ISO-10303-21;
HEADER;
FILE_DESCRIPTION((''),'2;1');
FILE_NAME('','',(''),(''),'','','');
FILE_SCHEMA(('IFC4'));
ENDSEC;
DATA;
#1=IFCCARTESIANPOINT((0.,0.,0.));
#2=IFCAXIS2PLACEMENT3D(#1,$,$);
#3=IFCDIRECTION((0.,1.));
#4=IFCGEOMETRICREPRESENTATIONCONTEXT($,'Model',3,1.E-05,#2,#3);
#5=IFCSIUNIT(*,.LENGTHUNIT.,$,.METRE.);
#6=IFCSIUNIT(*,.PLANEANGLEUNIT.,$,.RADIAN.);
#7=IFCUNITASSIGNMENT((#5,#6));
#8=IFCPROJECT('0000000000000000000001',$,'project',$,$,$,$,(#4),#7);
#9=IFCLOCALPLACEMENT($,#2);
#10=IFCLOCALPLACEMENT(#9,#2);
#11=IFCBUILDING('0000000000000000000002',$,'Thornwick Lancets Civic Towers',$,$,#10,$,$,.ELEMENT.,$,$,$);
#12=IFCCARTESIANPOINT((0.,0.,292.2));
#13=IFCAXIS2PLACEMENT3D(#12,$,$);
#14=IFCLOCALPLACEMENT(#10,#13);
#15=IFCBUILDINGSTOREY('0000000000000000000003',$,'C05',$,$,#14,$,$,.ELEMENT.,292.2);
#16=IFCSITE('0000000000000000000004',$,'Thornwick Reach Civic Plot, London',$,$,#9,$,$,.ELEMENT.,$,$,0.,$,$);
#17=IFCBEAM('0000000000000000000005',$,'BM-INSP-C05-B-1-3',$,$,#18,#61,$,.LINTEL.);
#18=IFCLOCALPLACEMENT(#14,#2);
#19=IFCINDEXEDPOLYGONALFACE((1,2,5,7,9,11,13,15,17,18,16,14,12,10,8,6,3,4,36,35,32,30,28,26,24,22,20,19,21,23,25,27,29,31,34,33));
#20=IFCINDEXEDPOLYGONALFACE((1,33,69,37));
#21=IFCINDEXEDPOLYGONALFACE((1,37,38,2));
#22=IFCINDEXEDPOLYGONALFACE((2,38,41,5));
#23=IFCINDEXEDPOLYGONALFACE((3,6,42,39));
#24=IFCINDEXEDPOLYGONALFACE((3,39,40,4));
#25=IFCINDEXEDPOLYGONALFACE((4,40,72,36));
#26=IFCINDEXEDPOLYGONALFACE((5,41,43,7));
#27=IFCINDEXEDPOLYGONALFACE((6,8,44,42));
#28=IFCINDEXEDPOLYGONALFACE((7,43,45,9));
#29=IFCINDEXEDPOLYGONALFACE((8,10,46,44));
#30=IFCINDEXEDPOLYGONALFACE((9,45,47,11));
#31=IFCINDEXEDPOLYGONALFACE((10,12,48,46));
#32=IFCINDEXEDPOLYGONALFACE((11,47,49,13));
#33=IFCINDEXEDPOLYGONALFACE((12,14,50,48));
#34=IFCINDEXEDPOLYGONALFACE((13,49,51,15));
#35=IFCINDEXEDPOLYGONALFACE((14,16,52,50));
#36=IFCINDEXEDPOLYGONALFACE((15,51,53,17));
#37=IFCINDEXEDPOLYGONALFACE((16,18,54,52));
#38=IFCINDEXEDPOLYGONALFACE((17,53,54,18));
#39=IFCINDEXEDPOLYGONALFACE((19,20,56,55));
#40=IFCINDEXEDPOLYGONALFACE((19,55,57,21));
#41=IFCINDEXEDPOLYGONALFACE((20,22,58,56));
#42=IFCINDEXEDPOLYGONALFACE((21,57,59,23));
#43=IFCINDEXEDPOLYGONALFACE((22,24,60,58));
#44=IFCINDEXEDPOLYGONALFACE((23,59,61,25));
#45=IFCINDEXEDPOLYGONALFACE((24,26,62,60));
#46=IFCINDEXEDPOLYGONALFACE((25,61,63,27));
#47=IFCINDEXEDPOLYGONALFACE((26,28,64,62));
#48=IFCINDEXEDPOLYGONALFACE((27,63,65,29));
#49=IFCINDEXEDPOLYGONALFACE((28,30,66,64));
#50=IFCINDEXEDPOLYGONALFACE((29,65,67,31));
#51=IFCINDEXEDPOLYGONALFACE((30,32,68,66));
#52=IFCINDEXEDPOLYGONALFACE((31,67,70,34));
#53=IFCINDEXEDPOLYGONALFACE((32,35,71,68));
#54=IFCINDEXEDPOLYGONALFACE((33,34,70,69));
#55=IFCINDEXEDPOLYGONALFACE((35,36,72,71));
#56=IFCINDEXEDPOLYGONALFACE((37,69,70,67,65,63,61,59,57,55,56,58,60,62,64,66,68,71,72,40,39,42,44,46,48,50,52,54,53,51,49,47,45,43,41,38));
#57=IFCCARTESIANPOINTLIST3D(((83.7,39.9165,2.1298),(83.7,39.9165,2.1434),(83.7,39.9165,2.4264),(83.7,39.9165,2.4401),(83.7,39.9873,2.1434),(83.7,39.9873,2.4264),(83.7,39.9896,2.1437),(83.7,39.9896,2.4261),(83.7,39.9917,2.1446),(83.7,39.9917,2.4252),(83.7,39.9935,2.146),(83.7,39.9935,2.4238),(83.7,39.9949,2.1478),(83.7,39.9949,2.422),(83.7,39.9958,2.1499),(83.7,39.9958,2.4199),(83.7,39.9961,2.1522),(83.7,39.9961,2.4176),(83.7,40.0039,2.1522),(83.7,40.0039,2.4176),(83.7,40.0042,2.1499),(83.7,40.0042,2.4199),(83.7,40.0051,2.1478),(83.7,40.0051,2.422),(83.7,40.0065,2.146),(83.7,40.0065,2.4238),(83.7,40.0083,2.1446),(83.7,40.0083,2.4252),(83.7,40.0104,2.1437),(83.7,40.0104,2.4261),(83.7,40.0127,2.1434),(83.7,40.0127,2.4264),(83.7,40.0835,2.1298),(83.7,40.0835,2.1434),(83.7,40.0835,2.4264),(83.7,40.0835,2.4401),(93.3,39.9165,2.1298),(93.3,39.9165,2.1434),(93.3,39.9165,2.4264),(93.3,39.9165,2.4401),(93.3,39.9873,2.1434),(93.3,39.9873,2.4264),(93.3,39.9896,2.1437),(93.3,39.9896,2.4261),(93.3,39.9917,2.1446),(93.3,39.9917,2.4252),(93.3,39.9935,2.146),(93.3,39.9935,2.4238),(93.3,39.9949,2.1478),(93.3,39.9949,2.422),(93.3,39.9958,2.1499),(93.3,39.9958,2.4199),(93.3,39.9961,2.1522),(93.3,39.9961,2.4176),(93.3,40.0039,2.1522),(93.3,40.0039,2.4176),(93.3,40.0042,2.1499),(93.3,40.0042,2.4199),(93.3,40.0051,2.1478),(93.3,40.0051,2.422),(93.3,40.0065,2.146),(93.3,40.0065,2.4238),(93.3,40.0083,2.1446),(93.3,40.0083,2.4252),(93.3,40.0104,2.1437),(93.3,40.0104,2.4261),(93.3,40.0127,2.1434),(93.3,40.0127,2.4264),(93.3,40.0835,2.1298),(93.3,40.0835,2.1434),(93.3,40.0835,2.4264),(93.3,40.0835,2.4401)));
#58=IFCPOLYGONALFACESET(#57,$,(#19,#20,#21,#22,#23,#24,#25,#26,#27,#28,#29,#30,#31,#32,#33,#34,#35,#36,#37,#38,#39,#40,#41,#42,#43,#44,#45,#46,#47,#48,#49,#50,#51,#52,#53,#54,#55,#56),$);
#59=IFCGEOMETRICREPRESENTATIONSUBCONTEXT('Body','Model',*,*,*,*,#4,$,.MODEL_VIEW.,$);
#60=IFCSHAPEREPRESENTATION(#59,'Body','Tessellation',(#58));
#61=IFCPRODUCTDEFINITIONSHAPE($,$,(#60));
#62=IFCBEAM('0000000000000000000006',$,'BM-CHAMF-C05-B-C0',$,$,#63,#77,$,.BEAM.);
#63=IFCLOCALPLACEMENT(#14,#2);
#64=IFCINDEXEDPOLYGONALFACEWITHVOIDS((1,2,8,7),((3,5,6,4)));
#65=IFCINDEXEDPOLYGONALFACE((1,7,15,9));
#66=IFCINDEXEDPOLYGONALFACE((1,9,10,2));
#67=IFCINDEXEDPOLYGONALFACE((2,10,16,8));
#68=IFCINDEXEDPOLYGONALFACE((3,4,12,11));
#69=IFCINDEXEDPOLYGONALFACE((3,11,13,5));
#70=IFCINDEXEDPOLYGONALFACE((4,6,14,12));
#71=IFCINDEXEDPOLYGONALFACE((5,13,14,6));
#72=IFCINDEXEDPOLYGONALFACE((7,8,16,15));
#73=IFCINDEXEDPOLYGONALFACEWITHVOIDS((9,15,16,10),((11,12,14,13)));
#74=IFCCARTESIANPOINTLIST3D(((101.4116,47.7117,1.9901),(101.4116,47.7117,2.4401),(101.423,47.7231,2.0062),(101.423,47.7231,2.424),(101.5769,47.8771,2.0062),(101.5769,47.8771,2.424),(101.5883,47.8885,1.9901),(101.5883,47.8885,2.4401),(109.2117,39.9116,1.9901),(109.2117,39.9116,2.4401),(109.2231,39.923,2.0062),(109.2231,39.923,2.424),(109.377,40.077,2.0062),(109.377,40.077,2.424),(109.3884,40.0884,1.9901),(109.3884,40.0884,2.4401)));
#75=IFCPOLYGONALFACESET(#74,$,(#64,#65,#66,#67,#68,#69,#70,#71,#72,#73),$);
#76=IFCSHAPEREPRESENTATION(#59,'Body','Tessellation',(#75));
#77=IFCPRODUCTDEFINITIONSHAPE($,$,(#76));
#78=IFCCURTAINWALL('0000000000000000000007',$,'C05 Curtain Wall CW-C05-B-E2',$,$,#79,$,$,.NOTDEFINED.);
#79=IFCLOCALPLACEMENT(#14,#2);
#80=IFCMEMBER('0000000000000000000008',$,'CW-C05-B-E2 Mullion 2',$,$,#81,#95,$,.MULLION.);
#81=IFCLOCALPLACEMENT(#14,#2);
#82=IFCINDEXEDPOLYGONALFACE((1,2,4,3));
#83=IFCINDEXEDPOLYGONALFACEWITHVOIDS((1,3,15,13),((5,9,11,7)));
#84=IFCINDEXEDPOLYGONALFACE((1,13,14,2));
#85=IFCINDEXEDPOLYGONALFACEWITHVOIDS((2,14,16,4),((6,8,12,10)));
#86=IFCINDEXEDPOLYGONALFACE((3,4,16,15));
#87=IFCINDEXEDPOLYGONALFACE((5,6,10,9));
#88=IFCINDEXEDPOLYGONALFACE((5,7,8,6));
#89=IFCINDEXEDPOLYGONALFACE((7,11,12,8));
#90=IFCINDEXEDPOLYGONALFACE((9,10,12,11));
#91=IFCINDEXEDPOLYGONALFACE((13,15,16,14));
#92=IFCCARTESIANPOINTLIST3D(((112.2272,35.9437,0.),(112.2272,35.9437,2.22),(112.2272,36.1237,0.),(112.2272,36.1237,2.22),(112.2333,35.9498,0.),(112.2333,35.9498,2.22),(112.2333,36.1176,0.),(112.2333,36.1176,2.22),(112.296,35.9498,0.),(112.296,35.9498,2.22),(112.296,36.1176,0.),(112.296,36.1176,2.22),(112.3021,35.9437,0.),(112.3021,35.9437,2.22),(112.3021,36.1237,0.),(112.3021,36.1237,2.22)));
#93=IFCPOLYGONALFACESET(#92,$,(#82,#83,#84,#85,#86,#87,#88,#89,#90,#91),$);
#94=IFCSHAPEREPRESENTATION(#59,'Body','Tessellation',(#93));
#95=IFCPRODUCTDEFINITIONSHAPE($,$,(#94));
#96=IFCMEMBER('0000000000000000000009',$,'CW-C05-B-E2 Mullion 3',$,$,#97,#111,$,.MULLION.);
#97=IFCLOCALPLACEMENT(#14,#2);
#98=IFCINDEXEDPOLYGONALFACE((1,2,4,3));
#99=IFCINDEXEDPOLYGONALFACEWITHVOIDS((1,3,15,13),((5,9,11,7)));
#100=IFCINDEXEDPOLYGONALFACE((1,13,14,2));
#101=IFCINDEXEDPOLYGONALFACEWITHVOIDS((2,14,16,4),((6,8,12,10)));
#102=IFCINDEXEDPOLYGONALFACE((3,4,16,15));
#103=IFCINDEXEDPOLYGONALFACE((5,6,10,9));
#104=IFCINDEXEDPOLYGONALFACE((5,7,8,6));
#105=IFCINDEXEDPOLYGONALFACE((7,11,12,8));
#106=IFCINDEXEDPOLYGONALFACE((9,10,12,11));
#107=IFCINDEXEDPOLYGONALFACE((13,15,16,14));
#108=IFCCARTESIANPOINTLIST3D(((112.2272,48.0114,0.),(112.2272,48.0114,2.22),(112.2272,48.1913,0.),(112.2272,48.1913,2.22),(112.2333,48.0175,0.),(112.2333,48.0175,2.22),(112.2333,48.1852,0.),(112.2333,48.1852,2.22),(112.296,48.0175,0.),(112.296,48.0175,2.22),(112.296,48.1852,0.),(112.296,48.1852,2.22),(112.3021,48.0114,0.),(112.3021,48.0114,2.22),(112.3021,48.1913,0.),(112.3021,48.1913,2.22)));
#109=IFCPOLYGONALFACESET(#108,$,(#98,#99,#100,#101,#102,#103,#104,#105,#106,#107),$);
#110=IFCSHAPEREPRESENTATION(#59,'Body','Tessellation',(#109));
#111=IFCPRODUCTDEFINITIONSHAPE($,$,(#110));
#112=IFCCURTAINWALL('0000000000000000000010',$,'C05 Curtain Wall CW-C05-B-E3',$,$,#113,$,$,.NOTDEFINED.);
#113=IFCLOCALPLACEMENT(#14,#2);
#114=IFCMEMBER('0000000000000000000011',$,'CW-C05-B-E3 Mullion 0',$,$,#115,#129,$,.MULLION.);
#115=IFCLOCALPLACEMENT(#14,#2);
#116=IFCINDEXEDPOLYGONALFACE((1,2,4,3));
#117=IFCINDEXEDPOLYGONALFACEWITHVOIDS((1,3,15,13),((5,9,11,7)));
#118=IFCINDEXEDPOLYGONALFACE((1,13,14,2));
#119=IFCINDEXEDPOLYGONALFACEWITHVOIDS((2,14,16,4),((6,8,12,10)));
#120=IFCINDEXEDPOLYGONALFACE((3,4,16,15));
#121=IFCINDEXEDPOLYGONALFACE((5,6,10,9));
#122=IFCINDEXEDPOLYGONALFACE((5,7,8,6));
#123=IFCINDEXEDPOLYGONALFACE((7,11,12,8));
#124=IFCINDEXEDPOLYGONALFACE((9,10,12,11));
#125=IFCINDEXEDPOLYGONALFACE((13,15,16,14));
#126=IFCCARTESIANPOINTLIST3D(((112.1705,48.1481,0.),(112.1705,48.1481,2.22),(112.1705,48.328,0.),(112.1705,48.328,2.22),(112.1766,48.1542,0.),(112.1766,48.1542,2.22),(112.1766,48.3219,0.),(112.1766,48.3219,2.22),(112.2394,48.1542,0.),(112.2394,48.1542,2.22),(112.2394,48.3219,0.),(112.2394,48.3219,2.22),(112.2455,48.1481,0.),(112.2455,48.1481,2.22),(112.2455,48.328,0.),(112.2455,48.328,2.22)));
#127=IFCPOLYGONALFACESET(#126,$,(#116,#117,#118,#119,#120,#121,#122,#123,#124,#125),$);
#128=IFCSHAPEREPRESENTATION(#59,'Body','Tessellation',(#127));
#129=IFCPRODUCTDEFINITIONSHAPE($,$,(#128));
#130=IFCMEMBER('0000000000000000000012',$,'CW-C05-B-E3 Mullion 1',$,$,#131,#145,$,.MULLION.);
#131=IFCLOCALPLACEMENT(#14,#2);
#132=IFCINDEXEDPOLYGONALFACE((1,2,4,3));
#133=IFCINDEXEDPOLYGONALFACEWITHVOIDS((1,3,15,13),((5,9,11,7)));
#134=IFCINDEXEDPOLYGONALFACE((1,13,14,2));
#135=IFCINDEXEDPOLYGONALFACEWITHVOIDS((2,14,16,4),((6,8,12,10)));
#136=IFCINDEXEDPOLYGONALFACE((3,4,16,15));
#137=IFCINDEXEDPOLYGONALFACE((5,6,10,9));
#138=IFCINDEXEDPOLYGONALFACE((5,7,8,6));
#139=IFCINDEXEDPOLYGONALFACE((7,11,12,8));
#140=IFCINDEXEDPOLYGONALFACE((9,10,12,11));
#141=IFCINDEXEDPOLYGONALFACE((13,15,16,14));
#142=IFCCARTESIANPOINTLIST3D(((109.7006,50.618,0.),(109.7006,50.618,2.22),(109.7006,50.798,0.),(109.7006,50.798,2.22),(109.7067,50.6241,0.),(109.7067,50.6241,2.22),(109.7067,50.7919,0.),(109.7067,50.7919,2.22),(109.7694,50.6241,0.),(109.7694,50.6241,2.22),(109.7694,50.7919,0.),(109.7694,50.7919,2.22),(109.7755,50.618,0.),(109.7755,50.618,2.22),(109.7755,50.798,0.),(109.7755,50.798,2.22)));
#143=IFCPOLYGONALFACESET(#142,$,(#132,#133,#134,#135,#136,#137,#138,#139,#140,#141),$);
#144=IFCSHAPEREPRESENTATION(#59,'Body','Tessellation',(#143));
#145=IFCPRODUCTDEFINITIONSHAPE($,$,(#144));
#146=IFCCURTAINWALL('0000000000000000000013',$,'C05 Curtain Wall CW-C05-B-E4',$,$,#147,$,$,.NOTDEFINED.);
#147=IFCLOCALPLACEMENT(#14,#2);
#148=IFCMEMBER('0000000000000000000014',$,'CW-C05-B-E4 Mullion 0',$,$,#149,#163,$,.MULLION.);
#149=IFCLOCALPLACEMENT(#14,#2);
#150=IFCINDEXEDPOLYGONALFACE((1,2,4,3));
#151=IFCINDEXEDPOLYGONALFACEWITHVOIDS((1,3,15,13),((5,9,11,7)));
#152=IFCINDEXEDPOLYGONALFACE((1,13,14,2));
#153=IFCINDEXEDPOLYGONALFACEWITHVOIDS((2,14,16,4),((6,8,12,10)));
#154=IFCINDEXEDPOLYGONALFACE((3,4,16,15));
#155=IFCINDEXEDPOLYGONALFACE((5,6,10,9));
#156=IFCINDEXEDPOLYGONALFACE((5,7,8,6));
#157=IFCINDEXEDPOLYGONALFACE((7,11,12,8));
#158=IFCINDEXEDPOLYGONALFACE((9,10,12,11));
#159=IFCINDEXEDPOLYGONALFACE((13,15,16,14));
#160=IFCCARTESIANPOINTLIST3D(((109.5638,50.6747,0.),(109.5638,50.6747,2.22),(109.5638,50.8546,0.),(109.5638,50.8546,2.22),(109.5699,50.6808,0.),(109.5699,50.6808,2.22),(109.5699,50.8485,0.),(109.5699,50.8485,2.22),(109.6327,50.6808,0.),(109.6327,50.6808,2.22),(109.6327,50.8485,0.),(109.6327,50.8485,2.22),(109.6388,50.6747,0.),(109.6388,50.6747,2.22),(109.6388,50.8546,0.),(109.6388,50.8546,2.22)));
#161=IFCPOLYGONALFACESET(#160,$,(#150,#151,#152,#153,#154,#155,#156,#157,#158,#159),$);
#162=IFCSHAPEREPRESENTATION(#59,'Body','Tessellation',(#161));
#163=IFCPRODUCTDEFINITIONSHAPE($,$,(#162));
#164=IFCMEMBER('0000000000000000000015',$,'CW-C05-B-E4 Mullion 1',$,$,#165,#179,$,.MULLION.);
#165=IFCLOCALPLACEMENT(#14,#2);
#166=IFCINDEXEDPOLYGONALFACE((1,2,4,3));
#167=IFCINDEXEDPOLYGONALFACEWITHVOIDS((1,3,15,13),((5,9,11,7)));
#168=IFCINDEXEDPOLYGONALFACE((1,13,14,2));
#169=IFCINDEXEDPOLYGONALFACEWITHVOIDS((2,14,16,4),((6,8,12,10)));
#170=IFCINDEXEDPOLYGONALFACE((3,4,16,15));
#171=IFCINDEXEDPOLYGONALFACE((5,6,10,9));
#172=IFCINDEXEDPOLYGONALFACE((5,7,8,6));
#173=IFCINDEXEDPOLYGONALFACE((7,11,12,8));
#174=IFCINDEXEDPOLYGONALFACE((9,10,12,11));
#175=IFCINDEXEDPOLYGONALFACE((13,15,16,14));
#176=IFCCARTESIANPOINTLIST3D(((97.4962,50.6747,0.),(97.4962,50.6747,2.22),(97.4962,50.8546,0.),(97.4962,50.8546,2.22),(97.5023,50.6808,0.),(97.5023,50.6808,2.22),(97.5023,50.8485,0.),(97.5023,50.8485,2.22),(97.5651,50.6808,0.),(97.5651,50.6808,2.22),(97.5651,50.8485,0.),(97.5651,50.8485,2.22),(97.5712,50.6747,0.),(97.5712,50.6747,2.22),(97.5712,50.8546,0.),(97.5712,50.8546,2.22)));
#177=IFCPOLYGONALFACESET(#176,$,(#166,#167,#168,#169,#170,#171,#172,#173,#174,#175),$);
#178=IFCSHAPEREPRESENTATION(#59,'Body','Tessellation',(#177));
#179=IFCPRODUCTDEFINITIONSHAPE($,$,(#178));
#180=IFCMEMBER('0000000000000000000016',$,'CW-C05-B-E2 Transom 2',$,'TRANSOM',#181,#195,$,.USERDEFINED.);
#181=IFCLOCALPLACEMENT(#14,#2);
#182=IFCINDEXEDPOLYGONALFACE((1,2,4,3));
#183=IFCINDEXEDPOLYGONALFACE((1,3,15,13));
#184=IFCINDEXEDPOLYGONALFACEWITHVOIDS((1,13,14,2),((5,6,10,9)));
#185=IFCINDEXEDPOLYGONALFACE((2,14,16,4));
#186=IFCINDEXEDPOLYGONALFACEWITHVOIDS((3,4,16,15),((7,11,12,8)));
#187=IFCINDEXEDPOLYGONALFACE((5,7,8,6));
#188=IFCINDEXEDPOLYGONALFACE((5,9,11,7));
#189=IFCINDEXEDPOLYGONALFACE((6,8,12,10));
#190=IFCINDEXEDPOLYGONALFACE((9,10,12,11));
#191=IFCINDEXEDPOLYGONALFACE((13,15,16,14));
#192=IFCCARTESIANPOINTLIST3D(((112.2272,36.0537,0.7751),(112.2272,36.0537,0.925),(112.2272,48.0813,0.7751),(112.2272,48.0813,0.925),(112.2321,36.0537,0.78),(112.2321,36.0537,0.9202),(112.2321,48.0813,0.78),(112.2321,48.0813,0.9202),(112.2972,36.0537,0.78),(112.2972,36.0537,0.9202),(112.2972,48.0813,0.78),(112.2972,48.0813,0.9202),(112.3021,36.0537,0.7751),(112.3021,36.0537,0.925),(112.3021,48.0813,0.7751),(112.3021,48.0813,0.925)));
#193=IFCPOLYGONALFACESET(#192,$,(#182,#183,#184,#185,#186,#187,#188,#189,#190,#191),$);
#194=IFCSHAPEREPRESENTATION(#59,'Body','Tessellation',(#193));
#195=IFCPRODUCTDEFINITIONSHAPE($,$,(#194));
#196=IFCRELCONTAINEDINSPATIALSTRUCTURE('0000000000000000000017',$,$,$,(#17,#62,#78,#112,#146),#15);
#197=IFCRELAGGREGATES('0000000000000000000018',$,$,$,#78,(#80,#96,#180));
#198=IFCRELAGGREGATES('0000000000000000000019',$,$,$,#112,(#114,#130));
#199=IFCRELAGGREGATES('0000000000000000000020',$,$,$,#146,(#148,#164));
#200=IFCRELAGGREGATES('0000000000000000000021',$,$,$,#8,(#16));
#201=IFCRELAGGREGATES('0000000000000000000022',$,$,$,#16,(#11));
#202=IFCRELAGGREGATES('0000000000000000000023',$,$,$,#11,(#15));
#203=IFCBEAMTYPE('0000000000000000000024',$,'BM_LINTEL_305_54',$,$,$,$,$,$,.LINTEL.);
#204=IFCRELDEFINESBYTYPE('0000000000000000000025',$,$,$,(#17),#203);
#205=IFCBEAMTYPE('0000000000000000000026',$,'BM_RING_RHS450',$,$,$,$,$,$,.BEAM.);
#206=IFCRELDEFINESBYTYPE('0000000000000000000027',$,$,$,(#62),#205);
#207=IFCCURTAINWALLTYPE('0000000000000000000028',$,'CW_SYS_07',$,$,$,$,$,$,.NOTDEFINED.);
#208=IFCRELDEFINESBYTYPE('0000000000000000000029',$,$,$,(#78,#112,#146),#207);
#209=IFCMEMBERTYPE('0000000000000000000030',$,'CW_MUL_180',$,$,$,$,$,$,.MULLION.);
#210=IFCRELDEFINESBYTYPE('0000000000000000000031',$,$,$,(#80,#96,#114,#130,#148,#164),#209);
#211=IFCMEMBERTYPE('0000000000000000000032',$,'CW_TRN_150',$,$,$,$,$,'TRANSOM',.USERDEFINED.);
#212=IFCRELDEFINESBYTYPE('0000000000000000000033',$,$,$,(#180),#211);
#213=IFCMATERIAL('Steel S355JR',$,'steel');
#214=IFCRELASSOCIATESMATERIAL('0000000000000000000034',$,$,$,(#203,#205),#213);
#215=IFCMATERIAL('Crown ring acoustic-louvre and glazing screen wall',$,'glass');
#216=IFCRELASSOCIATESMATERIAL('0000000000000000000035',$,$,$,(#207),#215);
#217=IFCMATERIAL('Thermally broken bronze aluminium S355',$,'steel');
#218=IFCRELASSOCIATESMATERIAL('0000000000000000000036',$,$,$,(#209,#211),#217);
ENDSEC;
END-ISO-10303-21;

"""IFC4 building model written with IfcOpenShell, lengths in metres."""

from ifc_helpers import new_model, si_unit, direction, frame, origin, origin_2d, place, context, subcontext, project, spatial, hollow_rectangle, i_section, extrude, material, material_profile, profile_set, type_object, element, aggregate, save


model = new_model("IFC4")

# Units and contexts
model_context = context("Model", 3, precision=1e-05, world=origin(), true_north=direction((0.0, 1.0)))
body_context = subcontext(model_context, "Body", "Model", "MODEL_VIEW")
ifc_project = project(units=[si_unit("LENGTHUNIT", "METRE"), si_unit("PLANEANGLEUNIT", "RADIAN")], contexts=[model_context])

# Site, building, storey
site_placement = place(None, origin())
site = spatial("IfcSite", under=ifc_project, at=site_placement, Name="Thornwick Reach Civic Plot, London", CompositionType="ELEMENT", RefElevation=0.0)
building_placement = place(site_placement, origin())
building = spatial("IfcBuilding", under=site, at=building_placement, Name="Thornwick Lancets Civic Towers", CompositionType="ELEMENT")
storey_placement = place(building_placement, frame((0.0, 0.0, 292.2)))
storey = spatial("IfcBuildingStorey", under=building, at=storey_placement, Name="C05", CompositionType="ELEMENT", Elevation=292.2)

# Shared definitions
ifc_material_1 = material(Name="Steel S355JR", Category="steel")

# Beams
ifc_material_profile_1 = material_profile(ifc_material_1, i_section(OverallWidth=0.167, OverallDepth=0.3103, WebThickness=0.0078, FlangeThickness=0.0137, FilletRadius=0.0088, at=origin_2d()), Name="UKB 305x165x54")
ifc_profile_set_1 = profile_set([ifc_material_profile_1], Name="Steel S355JR")
beam_type_1 = type_object("IfcBeamType", Name="BM_LINTEL_305_54", PredefinedType="LINTEL", material=ifc_profile_set_1)
beam_1_placement = place(storey_placement, frame((93.3, 40.0, 2.2849), z_axis=(-1.0, 0.0, 0.0), x_axis=(0.0, -1.0, 0.0)))
element("IfcBeam", 1, at=beam_1_placement, inside=storey, type_object=beam_type_1, Name="BM-INSP-C05-B-1-3", PredefinedType="LINTEL", context=body_context, shape_type="SweptSolid", body=[
    extrude(i_section(OverallWidth=0.167, OverallDepth=0.3103, WebThickness=0.0078, FlangeThickness=0.0137, FilletRadius=0.0088, at=origin_2d()), origin(), (0.0, 0.0, 1.0), 9.6001),
])
ifc_material_profile_2 = material_profile(ifc_material_1, hollow_rectangle(XDim=0.25, YDim=0.45, WallThickness=0.0161, at=origin_2d()), Name="RHS 450x250x16")
ifc_profile_set_2 = profile_set([ifc_material_profile_2], Name="Steel S355JR")
beam_type_2 = type_object("IfcBeamType", Name="BM_RING_RHS450", PredefinedType="BEAM", material=ifc_profile_set_2)
beam_2_placement = place(storey_placement, frame((109.3, 40.0, 2.2151), z_axis=(-0.707107, 0.707107, 0.0), x_axis=(-0.707107, -0.707107, 0.0)))
element("IfcBeam", 2, at=beam_2_placement, inside=storey, type_object=beam_type_2, Name="BM-CHAMF-C05-B-C0", PredefinedType="BEAM", context=body_context, shape_type="SweptSolid", body=[
    extrude(hollow_rectangle(XDim=0.25, YDim=0.45, WallThickness=0.0161, at=origin_2d()), origin(), (0.0, 0.0, 1.0), 11.031),
])

# Curtain walls, members
ifc_material_2 = material(Name="Crown ring acoustic-louvre and glazing screen wall", Category="glass")
curtain_wall_type = type_object("IfcCurtainWallType", Name="CW_SYS_07", PredefinedType="NOTDEFINED", material=ifc_material_2)
curtain_wall_1_placement = place(storey_placement, origin())
curtain_wall_1 = element("IfcCurtainWall", 3, at=curtain_wall_1_placement, inside=storey, type_object=curtain_wall_type, Name="C05 Curtain Wall CW-C05-B-E2", PredefinedType="NOTDEFINED")
ifc_material_3 = material(Name="Thermally broken bronze aluminium S355", Category="steel")
ifc_material_profile_3 = material_profile(ifc_material_3, hollow_rectangle(XDim=0.075, YDim=0.1799, WallThickness=0.0061, at=origin_2d()), Name="RHS 180x75x6")
ifc_profile_set_3 = profile_set([ifc_material_profile_3], Name="Thermally broken bronze aluminium S355")
member_type_1 = type_object("IfcMemberType", Name="CW_MUL_180", PredefinedType="MULLION", material=ifc_profile_set_3)
member_1_placement = place(storey_placement, frame((112.2646, 36.0337, 0.0), z_axis=(0.0, 0.0, 1.0), x_axis=(1.0, 0.0, 0.0)))
member_1 = element("IfcMember", 4, at=member_1_placement, type_object=member_type_1, Name="CW-C05-B-E2 Mullion 2", PredefinedType="MULLION", context=body_context, shape_type="SweptSolid", body=[
    extrude(hollow_rectangle(XDim=0.075, YDim=0.1799, WallThickness=0.0061, at=origin_2d()), origin(), (0.0, 0.0, 1.0), 2.22),
])
member_2_placement = place(storey_placement, frame((112.2646, 48.1013, 0.0), z_axis=(0.0, 0.0, 1.0), x_axis=(1.0, 0.0, 0.0)))
member_2 = element("IfcMember", 5, at=member_2_placement, type_object=member_type_1, Name="CW-C05-B-E2 Mullion 3", PredefinedType="MULLION", context=body_context, shape_type="SweptSolid", body=[
    extrude(hollow_rectangle(XDim=0.075, YDim=0.1799, WallThickness=0.0061, at=origin_2d()), origin(), (0.0, 0.0, 1.0), 2.22),
])
curtain_wall_2_placement = place(storey_placement, origin())
curtain_wall_2 = element("IfcCurtainWall", 6, at=curtain_wall_2_placement, inside=storey, type_object=curtain_wall_type, Name="C05 Curtain Wall CW-C05-B-E3", PredefinedType="NOTDEFINED")
member_3_placement = place(storey_placement, frame((112.208, 48.238, 0.0), z_axis=(0.0, 0.0, 1.0), x_axis=(1.0, 0.0, 0.0)))
member_3 = element("IfcMember", 7, at=member_3_placement, type_object=member_type_1, Name="CW-C05-B-E3 Mullion 0", PredefinedType="MULLION", context=body_context, shape_type="SweptSolid", body=[
    extrude(hollow_rectangle(XDim=0.075, YDim=0.1799, WallThickness=0.0061, at=origin_2d()), origin(), (0.0, 0.0, 1.0), 2.22),
])
member_4_placement = place(storey_placement, frame((109.738, 50.708, 0.0), z_axis=(0.0, 0.0, 1.0), x_axis=(1.0, 0.0, 0.0)))
member_4 = element("IfcMember", 8, at=member_4_placement, type_object=member_type_1, Name="CW-C05-B-E3 Mullion 1", PredefinedType="MULLION", context=body_context, shape_type="SweptSolid", body=[
    extrude(hollow_rectangle(XDim=0.075, YDim=0.1799, WallThickness=0.0061, at=origin_2d()), origin(), (0.0, 0.0, 1.0), 2.22),
])
curtain_wall_3_placement = place(storey_placement, origin())
curtain_wall_3 = element("IfcCurtainWall", 9, at=curtain_wall_3_placement, inside=storey, type_object=curtain_wall_type, Name="C05 Curtain Wall CW-C05-B-E4", PredefinedType="NOTDEFINED")
member_5_placement = place(storey_placement, frame((109.6013, 50.7646, 0.0), z_axis=(0.0, 0.0, 1.0), x_axis=(1.0, 0.0, 0.0)))
member_5 = element("IfcMember", 10, at=member_5_placement, type_object=member_type_1, Name="CW-C05-B-E4 Mullion 0", PredefinedType="MULLION", context=body_context, shape_type="SweptSolid", body=[
    extrude(hollow_rectangle(XDim=0.075, YDim=0.1799, WallThickness=0.0061, at=origin_2d()), origin(), (0.0, 0.0, 1.0), 2.22),
])
member_6_placement = place(storey_placement, frame((97.5337, 50.7646, 0.0), z_axis=(0.0, 0.0, 1.0), x_axis=(1.0, 0.0, 0.0)))
member_6 = element("IfcMember", 11, at=member_6_placement, type_object=member_type_1, Name="CW-C05-B-E4 Mullion 1", PredefinedType="MULLION", context=body_context, shape_type="SweptSolid", body=[
    extrude(hollow_rectangle(XDim=0.075, YDim=0.1799, WallThickness=0.0061, at=origin_2d()), origin(), (0.0, 0.0, 1.0), 2.22),
])

# Member
ifc_material_profile_4 = material_profile(ifc_material_3, hollow_rectangle(XDim=0.075, YDim=0.1499, WallThickness=0.0049, at=origin_2d()), Name="RHS 150x75x5")
ifc_profile_set_4 = profile_set([ifc_material_profile_4], Name="Thermally broken bronze aluminium S355")
member_type_2 = type_object("IfcMemberType", Name="CW_TRN_150", ElementType="TRANSOM", PredefinedType="USERDEFINED", material=ifc_profile_set_4)
member_7_placement = place(storey_placement, frame((112.2646, 36.0537, 0.8501), z_axis=(0.0, 1.0, 0.0), x_axis=(-1.0, 0.0, 0.0)))
member_7 = element("IfcMember", 12, at=member_7_placement, type_object=member_type_2, Name="CW-C05-B-E2 Transom 2", ObjectType="TRANSOM", PredefinedType="USERDEFINED", context=body_context, shape_type="SweptSolid", body=[
    extrude(hollow_rectangle(XDim=0.075, YDim=0.1499, WallThickness=0.0049, at=origin_2d()), origin(), (0.0, 0.0, 1.0), 12.0276),
])

aggregate(curtain_wall_1, [member_1, member_2, member_7])
aggregate(curtain_wall_2, [member_3, member_4])
aggregate(curtain_wall_3, [member_5, member_6])

save(model, "model.ifc")
